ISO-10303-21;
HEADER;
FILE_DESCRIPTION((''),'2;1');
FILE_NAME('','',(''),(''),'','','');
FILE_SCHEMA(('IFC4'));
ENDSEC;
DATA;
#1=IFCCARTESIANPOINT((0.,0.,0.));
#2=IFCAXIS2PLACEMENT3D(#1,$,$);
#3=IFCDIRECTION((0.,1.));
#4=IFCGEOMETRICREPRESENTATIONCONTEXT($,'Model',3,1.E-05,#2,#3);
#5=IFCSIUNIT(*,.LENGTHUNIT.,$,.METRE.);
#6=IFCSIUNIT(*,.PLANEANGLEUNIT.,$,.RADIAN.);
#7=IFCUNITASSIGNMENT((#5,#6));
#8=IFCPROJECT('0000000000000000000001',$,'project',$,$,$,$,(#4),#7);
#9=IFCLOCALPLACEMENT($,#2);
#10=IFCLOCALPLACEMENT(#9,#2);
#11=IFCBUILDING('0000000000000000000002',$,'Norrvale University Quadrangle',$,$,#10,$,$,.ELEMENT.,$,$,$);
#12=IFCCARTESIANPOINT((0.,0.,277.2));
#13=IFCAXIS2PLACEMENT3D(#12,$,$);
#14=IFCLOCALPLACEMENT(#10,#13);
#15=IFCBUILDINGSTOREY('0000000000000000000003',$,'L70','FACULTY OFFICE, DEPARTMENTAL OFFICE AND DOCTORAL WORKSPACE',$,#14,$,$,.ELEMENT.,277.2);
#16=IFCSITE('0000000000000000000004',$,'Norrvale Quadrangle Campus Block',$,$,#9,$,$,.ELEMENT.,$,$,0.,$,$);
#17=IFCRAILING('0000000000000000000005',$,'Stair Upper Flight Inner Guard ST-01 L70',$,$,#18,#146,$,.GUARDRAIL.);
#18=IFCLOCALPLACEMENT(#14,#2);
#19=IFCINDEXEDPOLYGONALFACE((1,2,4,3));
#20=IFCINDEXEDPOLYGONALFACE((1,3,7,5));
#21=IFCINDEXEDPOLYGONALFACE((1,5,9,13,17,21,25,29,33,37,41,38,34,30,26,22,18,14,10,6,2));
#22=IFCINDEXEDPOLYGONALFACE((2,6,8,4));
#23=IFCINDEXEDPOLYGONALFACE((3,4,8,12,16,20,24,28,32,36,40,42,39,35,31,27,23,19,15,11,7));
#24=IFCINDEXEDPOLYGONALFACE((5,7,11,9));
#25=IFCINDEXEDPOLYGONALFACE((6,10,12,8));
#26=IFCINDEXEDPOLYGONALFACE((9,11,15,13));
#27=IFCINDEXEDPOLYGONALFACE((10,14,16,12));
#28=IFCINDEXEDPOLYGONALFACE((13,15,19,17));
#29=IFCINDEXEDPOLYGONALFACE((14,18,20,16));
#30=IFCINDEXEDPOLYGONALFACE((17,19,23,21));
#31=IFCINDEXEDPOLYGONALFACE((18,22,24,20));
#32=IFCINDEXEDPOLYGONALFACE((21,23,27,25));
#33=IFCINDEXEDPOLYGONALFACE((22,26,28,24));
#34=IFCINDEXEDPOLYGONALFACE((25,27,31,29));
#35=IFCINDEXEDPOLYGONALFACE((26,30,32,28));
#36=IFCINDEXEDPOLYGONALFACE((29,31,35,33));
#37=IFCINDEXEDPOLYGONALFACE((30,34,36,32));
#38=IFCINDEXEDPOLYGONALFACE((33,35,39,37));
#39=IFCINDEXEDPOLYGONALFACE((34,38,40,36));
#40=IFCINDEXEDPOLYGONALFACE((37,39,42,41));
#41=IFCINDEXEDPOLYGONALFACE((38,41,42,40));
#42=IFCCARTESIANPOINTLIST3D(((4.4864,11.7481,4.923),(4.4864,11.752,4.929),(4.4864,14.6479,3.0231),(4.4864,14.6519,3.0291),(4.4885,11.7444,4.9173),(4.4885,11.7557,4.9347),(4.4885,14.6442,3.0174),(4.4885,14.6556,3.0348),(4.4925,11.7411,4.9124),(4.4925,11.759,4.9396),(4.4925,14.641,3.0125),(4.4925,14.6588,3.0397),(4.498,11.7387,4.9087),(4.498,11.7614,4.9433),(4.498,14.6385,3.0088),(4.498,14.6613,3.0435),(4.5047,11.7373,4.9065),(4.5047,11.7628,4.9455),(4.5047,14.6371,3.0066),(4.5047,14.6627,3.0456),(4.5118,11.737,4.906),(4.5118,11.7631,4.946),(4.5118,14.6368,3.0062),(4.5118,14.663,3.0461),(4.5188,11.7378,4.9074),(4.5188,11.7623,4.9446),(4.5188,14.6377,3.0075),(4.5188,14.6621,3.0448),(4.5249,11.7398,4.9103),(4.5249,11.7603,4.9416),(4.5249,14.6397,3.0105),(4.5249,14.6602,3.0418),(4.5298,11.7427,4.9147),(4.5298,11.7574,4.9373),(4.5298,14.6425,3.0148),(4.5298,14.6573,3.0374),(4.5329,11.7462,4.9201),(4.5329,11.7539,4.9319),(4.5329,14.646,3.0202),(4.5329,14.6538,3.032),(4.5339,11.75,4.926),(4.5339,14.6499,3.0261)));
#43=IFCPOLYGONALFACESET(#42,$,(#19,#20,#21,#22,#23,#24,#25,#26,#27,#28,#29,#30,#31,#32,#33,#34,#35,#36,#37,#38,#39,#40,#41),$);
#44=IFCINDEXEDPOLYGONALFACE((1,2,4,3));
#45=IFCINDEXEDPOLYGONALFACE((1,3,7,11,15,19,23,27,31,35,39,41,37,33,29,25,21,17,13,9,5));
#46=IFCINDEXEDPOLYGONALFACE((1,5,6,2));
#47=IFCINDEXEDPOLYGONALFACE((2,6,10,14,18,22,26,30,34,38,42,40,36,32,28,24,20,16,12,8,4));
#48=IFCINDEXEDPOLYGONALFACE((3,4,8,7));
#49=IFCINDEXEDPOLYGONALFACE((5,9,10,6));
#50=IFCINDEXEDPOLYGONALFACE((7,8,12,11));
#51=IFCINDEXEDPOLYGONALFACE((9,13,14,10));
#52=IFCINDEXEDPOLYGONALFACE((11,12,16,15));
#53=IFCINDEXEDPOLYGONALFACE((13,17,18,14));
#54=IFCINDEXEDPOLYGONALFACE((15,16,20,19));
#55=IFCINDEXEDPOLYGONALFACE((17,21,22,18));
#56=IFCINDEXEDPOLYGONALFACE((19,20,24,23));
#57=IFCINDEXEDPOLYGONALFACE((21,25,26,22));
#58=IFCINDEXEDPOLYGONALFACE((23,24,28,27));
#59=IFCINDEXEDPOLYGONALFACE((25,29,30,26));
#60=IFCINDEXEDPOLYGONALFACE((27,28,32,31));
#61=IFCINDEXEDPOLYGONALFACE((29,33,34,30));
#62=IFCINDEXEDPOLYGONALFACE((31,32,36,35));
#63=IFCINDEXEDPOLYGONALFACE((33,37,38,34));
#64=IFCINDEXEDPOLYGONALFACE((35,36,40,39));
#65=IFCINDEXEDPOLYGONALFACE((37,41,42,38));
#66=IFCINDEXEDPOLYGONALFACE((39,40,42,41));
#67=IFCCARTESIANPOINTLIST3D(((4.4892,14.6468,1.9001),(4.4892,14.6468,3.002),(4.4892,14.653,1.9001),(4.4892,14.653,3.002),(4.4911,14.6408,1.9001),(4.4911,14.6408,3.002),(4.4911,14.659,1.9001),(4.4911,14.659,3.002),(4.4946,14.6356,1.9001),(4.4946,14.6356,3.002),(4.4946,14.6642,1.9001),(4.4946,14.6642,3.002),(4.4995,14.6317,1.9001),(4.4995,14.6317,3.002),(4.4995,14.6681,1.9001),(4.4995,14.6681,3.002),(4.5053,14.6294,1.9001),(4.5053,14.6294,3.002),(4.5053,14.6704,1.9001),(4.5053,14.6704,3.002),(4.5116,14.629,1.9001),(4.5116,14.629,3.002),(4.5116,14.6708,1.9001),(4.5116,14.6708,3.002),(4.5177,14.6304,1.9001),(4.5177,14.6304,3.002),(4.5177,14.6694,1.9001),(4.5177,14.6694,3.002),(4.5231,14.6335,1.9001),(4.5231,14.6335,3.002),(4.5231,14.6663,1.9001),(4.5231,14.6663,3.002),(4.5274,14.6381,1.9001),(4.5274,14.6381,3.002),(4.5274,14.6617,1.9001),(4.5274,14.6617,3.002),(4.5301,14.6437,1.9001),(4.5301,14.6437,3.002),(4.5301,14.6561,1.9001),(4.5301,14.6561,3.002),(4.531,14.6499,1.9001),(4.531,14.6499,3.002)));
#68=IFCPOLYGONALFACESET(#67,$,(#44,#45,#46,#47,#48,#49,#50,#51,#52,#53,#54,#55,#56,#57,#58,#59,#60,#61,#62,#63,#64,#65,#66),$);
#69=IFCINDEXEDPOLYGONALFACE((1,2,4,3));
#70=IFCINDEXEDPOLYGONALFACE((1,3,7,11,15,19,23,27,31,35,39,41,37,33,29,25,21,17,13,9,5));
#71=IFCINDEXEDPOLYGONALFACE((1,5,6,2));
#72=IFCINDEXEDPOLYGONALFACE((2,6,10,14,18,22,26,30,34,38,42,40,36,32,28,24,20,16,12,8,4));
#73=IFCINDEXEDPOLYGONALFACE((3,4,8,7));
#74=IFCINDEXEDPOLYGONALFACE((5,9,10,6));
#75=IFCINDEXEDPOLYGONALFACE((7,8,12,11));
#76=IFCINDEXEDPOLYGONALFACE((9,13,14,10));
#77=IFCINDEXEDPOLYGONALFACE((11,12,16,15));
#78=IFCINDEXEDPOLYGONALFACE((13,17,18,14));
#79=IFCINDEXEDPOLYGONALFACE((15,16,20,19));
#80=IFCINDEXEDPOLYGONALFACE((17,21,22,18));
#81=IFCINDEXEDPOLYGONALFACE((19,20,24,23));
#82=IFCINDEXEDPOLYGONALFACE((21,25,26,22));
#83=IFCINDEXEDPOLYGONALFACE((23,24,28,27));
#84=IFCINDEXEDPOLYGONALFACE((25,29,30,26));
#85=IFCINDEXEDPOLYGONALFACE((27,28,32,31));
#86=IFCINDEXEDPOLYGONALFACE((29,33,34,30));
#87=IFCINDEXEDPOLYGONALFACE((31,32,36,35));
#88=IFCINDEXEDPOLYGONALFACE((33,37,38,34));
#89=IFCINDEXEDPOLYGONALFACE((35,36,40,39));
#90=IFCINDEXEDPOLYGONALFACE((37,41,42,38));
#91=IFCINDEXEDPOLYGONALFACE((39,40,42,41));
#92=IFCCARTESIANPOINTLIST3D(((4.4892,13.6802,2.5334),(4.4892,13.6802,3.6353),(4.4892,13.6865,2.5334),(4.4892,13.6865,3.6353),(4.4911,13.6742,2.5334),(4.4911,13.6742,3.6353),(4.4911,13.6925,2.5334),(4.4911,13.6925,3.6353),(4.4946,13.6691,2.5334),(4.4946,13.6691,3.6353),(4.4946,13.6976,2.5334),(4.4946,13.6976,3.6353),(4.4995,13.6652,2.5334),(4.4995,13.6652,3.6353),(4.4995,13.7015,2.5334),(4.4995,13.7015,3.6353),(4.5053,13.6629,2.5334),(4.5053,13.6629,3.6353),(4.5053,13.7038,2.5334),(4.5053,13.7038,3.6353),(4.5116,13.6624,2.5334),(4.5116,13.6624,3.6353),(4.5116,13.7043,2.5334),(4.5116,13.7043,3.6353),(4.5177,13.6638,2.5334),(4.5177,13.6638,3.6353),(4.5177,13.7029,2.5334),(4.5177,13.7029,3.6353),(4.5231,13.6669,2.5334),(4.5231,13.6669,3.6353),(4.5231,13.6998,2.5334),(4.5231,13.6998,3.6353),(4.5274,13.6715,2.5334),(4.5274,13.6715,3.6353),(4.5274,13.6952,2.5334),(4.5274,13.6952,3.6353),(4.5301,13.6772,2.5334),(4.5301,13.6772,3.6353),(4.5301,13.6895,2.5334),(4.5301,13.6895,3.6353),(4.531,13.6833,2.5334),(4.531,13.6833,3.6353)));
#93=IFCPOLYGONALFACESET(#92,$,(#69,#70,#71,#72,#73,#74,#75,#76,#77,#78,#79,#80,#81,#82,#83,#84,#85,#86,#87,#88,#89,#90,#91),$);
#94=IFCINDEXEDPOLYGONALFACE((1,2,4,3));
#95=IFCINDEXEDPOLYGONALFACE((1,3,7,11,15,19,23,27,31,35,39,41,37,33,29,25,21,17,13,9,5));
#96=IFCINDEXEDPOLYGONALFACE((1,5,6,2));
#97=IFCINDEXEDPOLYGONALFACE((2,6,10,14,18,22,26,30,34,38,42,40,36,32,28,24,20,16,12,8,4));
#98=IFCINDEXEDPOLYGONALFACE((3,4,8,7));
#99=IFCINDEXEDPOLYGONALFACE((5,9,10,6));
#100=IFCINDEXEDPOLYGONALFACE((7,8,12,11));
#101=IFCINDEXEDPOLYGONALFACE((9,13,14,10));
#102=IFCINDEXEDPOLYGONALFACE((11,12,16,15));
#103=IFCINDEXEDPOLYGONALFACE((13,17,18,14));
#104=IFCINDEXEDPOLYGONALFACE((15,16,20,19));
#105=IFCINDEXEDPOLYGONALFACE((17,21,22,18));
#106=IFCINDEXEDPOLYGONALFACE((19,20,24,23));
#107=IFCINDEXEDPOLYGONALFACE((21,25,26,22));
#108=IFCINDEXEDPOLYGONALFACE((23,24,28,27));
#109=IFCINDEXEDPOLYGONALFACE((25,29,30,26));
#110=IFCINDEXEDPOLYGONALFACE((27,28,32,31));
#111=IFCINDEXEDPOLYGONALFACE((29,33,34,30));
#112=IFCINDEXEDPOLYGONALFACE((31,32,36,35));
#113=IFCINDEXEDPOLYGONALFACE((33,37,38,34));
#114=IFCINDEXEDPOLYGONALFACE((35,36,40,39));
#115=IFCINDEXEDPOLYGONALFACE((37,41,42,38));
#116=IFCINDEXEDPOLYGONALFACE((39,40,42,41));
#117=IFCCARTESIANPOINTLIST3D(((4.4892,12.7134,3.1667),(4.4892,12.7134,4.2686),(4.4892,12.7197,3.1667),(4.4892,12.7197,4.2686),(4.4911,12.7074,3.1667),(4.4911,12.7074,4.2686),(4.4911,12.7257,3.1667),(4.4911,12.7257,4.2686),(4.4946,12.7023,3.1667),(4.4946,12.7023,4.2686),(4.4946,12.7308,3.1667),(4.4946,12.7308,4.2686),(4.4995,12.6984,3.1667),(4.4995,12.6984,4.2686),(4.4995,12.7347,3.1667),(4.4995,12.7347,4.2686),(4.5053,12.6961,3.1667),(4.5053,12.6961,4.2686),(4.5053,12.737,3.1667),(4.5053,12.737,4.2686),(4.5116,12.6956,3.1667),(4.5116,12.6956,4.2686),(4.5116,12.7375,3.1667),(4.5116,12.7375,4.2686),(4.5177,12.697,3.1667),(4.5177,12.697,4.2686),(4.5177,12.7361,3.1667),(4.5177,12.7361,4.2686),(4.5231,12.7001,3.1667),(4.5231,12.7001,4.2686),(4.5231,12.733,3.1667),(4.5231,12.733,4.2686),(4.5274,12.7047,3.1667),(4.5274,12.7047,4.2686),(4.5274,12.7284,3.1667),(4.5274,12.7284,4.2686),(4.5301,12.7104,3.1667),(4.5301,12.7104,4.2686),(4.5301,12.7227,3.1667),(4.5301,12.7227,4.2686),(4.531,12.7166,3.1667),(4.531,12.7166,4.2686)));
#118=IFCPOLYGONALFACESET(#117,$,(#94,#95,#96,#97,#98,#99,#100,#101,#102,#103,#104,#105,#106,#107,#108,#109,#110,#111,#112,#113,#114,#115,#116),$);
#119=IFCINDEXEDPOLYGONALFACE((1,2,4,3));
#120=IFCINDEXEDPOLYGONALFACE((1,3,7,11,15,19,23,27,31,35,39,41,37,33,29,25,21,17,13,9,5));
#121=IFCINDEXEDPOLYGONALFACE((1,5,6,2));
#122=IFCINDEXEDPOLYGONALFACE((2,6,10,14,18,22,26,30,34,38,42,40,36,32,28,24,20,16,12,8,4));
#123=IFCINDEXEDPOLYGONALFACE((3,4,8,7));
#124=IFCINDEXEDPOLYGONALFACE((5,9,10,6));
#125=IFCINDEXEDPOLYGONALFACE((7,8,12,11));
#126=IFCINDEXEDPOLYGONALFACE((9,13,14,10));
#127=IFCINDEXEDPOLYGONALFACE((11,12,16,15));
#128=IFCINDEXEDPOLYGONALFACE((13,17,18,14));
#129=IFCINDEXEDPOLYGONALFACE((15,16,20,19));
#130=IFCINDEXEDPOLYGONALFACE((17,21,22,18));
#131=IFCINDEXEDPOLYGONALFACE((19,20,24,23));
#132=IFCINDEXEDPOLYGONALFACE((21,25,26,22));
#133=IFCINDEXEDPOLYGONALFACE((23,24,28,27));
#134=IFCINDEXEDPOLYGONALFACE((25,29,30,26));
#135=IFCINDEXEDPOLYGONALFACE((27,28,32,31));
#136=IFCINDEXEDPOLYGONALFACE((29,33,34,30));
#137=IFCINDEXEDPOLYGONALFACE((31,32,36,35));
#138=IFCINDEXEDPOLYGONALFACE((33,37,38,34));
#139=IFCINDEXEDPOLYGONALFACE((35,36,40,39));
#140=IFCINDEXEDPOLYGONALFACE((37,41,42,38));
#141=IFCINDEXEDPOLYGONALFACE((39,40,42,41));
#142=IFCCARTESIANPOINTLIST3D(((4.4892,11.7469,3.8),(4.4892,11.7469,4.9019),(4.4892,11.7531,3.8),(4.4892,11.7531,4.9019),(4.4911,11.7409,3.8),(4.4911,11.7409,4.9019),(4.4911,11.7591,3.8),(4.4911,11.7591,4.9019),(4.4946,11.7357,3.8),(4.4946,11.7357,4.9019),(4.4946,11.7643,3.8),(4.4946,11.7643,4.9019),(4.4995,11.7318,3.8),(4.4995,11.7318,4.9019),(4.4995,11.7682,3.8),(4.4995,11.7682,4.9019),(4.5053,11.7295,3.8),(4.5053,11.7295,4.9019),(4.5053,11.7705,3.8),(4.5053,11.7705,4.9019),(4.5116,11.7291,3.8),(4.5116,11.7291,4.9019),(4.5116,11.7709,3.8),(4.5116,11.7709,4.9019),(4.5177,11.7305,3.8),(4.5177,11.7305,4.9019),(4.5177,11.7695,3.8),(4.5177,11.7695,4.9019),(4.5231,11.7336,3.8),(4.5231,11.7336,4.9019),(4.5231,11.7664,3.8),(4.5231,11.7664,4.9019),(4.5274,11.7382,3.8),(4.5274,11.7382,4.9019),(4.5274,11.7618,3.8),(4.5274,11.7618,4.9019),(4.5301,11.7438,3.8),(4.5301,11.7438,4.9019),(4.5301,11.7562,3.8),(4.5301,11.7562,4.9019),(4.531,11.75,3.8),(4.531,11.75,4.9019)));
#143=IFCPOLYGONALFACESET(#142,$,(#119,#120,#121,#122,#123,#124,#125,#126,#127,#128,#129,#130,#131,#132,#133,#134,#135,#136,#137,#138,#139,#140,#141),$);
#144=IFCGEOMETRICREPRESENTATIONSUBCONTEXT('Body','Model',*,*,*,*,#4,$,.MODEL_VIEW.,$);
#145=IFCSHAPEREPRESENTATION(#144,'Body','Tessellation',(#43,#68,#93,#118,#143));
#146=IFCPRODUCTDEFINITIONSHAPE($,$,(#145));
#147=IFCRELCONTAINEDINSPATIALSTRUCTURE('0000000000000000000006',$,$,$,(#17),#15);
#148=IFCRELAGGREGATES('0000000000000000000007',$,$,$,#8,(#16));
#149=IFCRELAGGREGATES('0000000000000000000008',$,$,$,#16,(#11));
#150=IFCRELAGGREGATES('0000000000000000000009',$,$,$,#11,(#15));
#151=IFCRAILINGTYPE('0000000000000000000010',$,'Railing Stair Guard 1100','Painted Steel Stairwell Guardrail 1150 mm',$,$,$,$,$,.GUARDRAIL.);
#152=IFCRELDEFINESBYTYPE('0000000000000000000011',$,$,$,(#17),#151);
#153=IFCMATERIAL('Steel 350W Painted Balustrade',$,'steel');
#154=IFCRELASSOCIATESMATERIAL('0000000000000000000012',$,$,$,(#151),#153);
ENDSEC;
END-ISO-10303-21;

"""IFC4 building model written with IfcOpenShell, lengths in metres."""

from ifc_helpers import new_model, si_unit, direction, frame, origin, origin_2d, place, context, subcontext, project, spatial, circle, extrude, material, type_object, element, save


model = new_model("IFC4")

# Units and contexts
model_context = context("Model", 3, precision=1e-05, world=origin(), true_north=direction((0.0, 1.0)))
body_context = subcontext(model_context, "Body", "Model", "MODEL_VIEW")
ifc_project = project(units=[si_unit("LENGTHUNIT", "METRE"), si_unit("PLANEANGLEUNIT", "RADIAN")], contexts=[model_context])

# Site, building, storey
site_placement = place(None, origin())
site = spatial("IfcSite", under=ifc_project, at=site_placement, Name="Norrvale Quadrangle Campus Block", CompositionType="ELEMENT", RefElevation=0.0)
building_placement = place(site_placement, origin())
building = spatial("IfcBuilding", under=site, at=building_placement, Name="Norrvale University Quadrangle", CompositionType="ELEMENT")
storey_placement = place(building_placement, frame((0.0, 0.0, 277.2)))
storey = spatial("IfcBuildingStorey", under=building, at=storey_placement, Name="L70", Description="FACULTY OFFICE, DEPARTMENTAL OFFICE AND DOCTORAL WORKSPACE", CompositionType="ELEMENT", Elevation=277.2)

# Railing
ifc_material_1 = material(Name="Steel 350W Painted Balustrade", Category="steel")
railing_type_1 = type_object("IfcRailingType", Name="Railing Stair Guard 1100", Description="Painted Steel Stairwell Guardrail 1150 mm", PredefinedType="GUARDRAIL", material=ifc_material_1)
railing_1_placement = place(storey_placement, frame((4.51, 14.6499, 1.9001)))
element("IfcRailing", 1, at=railing_1_placement, inside=storey, type_object=railing_type_1, Name="Stair Upper Flight Inner Guard ST-01 L70", PredefinedType="GUARDRAIL", context=body_context, shape_type="SweptSolid", body=[
    extrude(circle(Radius=0.0239, at=origin_2d()), frame((0.0, 0.0, 1.126), z_axis=(0.0, -0.836466, 0.548019), x_axis=(1.0, 0.0, 0.0)), (0.0, 0.0, 1.0), 3.4668),
    extrude(circle(Radius=0.021, at=origin_2d()), origin(), (0.0, 0.0, 1.0), 1.1018),
    extrude(circle(Radius=0.021, at=origin_2d()), frame((0.0, -0.9666, 0.6333)), (0.0, 0.0, 1.0), 1.1018),
    extrude(circle(Radius=0.021, at=origin_2d()), frame((0.0, -1.9333, 1.2666)), (0.0, 0.0, 1.0), 1.1018),
    extrude(circle(Radius=0.021, at=origin_2d()), frame((0.0, -2.8999, 1.8999)), (0.0, 0.0, 1.0), 1.1018),
])

save(model, "model.ifc")
